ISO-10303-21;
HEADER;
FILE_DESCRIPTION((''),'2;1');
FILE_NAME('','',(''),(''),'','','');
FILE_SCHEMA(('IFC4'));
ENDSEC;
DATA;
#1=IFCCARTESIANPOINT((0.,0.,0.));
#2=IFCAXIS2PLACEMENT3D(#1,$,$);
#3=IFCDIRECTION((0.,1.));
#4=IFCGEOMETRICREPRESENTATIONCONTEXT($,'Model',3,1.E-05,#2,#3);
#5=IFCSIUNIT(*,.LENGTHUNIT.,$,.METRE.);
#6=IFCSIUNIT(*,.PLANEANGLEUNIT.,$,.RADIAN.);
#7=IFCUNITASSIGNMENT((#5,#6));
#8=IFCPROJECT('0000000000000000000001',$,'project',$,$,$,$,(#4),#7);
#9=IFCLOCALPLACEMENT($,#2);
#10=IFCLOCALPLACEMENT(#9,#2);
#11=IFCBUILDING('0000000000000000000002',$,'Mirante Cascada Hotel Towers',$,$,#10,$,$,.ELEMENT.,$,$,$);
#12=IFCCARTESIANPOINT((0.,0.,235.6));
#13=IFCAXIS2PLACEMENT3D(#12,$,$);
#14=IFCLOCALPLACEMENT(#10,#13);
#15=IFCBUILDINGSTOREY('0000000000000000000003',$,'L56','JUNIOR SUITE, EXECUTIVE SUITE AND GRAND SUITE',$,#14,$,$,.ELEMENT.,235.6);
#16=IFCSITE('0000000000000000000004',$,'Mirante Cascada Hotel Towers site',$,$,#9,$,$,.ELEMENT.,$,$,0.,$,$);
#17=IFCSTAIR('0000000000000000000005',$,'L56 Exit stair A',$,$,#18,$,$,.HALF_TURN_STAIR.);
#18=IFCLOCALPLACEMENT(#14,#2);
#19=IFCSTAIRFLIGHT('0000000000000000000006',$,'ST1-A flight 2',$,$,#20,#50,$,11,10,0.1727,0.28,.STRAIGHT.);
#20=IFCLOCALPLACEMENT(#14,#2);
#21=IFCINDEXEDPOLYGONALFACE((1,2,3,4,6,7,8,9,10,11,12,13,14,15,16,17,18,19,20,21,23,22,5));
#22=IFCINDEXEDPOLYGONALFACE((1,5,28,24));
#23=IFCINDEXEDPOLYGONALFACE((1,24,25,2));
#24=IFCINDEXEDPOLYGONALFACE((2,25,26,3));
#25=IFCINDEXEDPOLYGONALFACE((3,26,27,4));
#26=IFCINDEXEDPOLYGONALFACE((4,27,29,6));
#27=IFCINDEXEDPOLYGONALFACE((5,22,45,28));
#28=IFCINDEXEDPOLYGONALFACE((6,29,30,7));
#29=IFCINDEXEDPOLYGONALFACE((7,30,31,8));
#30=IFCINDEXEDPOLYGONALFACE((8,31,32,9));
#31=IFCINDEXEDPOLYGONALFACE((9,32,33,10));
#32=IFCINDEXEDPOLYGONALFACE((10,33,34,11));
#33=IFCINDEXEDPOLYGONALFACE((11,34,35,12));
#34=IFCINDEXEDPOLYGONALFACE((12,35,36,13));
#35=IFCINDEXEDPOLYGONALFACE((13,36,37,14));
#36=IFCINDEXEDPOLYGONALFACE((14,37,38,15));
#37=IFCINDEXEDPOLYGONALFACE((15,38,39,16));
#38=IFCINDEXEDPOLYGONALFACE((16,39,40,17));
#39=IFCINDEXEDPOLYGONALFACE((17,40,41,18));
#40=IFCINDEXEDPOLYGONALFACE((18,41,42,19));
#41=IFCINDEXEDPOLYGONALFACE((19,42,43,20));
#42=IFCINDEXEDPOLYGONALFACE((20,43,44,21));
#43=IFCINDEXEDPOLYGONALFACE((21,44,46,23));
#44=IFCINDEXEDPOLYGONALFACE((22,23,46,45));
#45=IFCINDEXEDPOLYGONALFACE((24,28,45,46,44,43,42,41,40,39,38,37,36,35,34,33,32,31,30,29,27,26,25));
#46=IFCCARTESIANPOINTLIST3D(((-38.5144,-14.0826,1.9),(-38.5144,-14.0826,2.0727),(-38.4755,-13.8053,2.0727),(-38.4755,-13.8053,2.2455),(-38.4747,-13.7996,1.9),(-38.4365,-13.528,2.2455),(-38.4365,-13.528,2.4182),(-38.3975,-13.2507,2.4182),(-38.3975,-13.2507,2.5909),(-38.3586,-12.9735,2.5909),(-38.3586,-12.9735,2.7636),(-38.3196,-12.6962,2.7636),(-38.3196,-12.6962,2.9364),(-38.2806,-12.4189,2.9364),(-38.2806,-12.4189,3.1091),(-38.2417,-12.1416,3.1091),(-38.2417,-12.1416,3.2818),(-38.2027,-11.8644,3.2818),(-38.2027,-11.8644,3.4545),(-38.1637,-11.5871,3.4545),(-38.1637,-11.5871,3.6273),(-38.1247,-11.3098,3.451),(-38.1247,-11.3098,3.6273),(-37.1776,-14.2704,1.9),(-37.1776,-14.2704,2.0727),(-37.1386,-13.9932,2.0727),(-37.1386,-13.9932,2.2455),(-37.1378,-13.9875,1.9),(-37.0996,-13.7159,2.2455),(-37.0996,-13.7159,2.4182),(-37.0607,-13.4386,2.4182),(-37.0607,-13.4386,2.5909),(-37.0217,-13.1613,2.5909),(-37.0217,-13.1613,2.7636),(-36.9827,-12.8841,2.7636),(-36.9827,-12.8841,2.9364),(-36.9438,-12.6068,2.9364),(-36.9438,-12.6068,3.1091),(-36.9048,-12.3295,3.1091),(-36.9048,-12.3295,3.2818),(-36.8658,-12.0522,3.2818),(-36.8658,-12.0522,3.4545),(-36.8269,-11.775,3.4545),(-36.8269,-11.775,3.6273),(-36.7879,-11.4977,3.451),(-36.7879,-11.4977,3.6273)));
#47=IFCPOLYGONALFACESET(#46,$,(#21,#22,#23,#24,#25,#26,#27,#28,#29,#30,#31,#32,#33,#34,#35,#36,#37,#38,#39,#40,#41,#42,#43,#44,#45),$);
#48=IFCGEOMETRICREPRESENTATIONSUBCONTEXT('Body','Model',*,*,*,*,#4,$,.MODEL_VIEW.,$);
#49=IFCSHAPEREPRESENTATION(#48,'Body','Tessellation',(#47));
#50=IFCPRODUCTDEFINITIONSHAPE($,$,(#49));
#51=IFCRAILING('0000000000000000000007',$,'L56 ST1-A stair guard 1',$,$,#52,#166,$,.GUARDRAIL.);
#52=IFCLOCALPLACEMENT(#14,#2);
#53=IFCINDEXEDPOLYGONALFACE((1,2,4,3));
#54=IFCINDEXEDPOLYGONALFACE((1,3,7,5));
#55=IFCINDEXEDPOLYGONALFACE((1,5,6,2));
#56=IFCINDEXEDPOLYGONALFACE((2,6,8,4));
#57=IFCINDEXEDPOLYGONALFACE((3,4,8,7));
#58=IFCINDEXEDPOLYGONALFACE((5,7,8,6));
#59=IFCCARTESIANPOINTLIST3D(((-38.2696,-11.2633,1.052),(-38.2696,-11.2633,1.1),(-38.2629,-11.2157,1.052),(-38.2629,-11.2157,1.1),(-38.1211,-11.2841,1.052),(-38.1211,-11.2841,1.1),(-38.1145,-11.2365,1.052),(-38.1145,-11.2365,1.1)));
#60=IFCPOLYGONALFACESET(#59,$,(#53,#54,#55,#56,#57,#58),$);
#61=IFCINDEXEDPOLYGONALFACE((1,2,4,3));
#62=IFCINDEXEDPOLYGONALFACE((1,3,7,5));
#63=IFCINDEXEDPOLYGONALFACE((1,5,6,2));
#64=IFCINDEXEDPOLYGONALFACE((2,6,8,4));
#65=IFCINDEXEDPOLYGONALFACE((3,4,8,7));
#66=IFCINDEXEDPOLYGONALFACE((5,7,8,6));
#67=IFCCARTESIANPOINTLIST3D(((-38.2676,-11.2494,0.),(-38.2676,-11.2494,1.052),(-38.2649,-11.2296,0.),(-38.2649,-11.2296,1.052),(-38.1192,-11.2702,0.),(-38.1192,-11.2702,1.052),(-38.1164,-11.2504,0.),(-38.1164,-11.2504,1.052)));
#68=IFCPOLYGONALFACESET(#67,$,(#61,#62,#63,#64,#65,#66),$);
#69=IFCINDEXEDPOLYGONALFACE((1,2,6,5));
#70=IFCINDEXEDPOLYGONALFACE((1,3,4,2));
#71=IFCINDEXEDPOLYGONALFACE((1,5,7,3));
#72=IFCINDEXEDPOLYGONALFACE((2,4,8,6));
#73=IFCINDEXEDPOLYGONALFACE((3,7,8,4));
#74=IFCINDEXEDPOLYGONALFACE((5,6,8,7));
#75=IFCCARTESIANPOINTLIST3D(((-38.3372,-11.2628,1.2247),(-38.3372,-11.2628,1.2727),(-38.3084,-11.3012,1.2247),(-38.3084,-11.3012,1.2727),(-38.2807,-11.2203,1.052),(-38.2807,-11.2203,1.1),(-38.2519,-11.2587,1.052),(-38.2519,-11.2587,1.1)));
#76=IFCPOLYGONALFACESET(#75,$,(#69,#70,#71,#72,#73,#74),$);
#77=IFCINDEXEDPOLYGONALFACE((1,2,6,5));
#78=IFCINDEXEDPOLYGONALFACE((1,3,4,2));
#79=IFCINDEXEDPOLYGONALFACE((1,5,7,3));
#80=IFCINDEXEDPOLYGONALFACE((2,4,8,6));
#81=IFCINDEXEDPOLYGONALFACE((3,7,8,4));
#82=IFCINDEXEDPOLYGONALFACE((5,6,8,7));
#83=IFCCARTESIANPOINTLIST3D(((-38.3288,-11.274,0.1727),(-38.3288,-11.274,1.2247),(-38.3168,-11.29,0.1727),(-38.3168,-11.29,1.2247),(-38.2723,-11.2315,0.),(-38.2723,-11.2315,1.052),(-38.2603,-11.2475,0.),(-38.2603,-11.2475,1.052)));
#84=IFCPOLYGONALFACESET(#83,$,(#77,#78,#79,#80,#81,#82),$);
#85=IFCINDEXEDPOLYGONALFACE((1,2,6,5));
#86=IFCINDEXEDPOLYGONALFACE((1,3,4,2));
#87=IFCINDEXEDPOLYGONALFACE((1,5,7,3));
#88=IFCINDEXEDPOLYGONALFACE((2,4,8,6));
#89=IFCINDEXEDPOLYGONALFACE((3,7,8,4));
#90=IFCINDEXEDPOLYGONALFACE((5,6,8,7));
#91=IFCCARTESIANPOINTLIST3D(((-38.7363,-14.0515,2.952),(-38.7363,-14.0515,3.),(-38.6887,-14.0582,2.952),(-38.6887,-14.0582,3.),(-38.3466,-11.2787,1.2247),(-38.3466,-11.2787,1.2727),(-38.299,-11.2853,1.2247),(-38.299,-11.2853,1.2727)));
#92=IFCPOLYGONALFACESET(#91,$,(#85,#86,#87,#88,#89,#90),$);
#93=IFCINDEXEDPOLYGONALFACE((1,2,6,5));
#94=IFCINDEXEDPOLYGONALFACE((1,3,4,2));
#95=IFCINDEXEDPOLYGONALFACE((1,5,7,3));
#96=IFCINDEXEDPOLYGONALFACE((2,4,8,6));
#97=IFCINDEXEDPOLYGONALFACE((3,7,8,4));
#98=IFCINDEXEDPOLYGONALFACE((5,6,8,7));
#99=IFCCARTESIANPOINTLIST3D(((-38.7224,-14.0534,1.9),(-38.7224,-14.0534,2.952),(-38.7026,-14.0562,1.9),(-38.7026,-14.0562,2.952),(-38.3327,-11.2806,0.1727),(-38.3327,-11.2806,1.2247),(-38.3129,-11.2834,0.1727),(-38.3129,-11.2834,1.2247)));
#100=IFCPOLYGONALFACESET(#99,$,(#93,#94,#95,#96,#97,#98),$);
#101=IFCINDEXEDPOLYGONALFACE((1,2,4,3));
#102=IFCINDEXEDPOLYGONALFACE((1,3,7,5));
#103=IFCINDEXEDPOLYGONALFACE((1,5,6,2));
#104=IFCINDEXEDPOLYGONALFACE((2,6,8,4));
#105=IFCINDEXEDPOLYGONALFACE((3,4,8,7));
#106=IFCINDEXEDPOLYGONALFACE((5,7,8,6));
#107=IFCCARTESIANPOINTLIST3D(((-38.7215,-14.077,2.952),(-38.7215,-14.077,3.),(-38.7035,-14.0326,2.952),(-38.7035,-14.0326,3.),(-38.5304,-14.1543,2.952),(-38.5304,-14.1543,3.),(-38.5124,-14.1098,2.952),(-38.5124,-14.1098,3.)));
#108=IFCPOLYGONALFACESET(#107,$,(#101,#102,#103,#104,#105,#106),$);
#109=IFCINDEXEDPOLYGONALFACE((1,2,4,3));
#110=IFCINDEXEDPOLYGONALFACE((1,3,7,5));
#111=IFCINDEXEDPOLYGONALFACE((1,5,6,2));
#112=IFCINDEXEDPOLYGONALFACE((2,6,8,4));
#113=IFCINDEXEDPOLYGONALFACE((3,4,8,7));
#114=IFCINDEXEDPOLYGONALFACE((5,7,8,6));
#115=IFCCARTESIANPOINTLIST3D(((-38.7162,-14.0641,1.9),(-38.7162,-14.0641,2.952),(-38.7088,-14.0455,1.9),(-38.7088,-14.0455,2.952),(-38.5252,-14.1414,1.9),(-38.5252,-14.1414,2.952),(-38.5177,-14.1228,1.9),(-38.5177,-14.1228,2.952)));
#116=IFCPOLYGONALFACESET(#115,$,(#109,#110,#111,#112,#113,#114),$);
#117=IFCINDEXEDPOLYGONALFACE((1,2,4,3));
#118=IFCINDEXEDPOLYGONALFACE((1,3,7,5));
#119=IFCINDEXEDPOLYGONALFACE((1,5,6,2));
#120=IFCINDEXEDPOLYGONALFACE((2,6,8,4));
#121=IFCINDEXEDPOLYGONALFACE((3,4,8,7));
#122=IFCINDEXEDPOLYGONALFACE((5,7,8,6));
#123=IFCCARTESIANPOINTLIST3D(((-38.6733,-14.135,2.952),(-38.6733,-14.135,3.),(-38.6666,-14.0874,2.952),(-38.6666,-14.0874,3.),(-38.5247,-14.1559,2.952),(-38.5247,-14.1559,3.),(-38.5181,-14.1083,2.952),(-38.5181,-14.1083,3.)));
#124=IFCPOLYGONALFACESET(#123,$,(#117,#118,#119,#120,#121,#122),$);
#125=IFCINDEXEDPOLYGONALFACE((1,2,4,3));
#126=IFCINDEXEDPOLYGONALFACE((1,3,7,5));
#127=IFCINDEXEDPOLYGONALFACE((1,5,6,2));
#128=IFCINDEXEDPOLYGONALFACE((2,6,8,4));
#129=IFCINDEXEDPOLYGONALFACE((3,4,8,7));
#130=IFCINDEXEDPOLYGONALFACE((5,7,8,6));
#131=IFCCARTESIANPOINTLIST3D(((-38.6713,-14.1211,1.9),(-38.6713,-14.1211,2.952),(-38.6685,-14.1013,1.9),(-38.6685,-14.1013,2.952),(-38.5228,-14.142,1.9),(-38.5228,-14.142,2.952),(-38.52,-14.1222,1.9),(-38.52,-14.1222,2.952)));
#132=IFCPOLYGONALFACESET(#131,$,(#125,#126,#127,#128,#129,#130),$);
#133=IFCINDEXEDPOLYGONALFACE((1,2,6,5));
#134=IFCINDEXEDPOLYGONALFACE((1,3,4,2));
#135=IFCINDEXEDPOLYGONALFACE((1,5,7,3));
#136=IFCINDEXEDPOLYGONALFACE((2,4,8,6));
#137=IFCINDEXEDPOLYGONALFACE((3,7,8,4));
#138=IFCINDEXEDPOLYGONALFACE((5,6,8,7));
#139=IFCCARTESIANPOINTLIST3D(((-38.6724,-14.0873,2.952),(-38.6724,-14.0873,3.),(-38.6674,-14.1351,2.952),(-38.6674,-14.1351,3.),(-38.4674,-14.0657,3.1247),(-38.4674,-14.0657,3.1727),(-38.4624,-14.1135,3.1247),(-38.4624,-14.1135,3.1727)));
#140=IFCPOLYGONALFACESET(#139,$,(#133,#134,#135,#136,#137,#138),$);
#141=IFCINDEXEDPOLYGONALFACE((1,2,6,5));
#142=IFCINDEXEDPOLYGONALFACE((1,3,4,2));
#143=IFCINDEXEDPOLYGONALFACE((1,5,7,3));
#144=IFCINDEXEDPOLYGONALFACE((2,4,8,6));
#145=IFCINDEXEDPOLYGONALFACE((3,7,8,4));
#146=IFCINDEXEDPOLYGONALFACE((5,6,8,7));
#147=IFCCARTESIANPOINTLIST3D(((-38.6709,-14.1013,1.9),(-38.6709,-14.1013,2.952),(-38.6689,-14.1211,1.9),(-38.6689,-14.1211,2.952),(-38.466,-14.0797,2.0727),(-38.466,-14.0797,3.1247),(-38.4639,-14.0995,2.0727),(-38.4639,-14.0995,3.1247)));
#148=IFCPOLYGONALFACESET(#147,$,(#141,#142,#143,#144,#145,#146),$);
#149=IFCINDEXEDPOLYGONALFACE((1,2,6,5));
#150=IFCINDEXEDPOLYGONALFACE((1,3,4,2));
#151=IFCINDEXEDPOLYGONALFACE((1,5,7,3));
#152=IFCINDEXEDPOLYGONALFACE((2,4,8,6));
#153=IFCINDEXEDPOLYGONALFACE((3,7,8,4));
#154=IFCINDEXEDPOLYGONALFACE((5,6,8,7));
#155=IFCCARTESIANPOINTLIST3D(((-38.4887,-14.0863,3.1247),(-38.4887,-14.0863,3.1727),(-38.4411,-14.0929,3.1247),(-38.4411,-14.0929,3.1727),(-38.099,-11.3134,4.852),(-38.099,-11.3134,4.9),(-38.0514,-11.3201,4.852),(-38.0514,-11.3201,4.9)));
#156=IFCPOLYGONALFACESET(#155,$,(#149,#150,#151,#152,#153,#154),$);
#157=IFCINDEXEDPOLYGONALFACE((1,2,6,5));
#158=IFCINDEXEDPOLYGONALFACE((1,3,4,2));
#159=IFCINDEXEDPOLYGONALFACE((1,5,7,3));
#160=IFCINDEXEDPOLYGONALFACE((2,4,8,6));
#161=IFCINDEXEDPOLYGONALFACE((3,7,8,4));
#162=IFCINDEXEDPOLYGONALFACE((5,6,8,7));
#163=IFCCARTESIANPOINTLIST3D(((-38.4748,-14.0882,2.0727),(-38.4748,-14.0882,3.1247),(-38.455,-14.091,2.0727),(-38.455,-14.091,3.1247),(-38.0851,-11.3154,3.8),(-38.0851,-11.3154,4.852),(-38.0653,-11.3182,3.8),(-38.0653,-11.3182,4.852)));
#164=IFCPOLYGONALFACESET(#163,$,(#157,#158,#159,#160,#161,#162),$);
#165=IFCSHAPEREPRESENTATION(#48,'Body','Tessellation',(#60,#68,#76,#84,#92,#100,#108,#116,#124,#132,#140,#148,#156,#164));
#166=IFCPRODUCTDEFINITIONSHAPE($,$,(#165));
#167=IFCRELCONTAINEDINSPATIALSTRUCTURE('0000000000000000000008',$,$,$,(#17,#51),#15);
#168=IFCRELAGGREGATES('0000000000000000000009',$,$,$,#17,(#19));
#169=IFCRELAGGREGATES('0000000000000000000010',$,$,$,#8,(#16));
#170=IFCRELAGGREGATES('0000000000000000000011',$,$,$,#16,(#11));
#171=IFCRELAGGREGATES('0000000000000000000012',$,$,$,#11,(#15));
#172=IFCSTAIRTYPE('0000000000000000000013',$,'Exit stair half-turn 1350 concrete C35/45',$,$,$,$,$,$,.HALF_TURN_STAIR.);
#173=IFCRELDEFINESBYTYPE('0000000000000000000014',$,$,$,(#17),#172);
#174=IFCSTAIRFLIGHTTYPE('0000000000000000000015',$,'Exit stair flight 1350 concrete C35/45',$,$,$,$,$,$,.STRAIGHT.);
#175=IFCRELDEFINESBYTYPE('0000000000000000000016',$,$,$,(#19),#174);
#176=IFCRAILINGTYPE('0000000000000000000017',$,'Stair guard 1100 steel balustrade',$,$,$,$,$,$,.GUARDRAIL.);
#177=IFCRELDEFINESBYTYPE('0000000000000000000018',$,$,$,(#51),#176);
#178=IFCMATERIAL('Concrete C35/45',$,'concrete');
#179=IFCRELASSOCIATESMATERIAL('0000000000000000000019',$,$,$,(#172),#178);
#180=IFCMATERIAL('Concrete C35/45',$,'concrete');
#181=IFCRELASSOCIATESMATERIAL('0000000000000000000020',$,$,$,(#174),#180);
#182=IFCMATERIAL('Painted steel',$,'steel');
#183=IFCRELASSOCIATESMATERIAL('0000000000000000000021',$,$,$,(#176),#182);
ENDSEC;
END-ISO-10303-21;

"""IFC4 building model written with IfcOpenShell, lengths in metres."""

from ifc_helpers import new_model, si_unit, direction, frame, origin, origin_2d, place, context, subcontext, project, spatial, polyline, rectangle, outline, extrude, material, type_object, element, aggregate, save


model = new_model("IFC4")

# Units and contexts
model_context = context("Model", 3, precision=1e-05, world=origin(), true_north=direction((0.0, 1.0)))
body_context = subcontext(model_context, "Body", "Model", "MODEL_VIEW")
ifc_project = project(units=[si_unit("LENGTHUNIT", "METRE"), si_unit("PLANEANGLEUNIT", "RADIAN")], contexts=[model_context])

# Site, building, storey
site_placement = place(None, origin())
site = spatial("IfcSite", under=ifc_project, at=site_placement, Name="Mirante Cascada Hotel Towers site", CompositionType="ELEMENT", RefElevation=0.0)
building_placement = place(site_placement, origin())
building = spatial("IfcBuilding", under=site, at=building_placement, Name="Mirante Cascada Hotel Towers", CompositionType="ELEMENT")
storey_placement = place(building_placement, frame((0.0, 0.0, 235.6)))
storey = spatial("IfcBuildingStorey", under=building, at=storey_placement, Name="L56", Description="JUNIOR SUITE, EXECUTIVE SUITE AND GRAND SUITE", CompositionType="ELEMENT", Elevation=235.6)

# Stair, stair flight
ifc_material_1 = material(Name="Concrete C35/45", Category="concrete")
stair_type = type_object("IfcStairType", Name="Exit stair half-turn 1350 concrete C35/45", PredefinedType="HALF_TURN_STAIR", material=ifc_material_1)
stair_placement = place(storey_placement, origin())
stair = element("IfcStair", 1, at=stair_placement, inside=storey, type_object=stair_type, Name="L56 Exit stair A", PredefinedType="HALF_TURN_STAIR")
ifc_material_2 = material(Name="Concrete C35/45", Category="concrete")
stair_flight_type = type_object("IfcStairFlightType", Name="Exit stair flight 1350 concrete C35/45", PredefinedType="STRAIGHT", material=ifc_material_2)
stair_flight_1_placement = place(storey_placement, frame((-37.846, -14.1765, 1.9), z_axis=(0.0, 0.0, 1.0), x_axis=(0.139173, 0.990268, 0.0)))
stair_flight_1 = element("IfcStairFlight", 2, at=stair_flight_1_placement, type_object=stair_flight_type, Name="ST1-A flight 2", NumberOfRisers=11, NumberOfTreads=10, PredefinedType="STRAIGHT", RiserHeight=0.1727, TreadLength=0.28, context=body_context, shape_type="SweptSolid", body=[
    extrude(outline(polyline([(0.0, 0.0), (0.0, 0.1727), (0.28, 0.1727), (0.28, 0.3455), (0.56, 0.3455), (0.56, 0.5182), (0.84, 0.5182), (0.84, 0.6909), (1.12, 0.6909), (1.12, 0.8636), (1.4, 0.8636), (1.4, 1.0364), (1.68, 1.0364), (1.68, 1.2091), (1.96, 1.2091), (1.96, 1.3818), (2.24, 1.3818), (2.24, 1.5545), (2.52, 1.5545), (2.52, 1.7273), (2.8, 1.7273), (2.8, 1.9), (2.8, 1.551), (0.2857, 0.0), (0.0, 0.0)])), frame((0.0, 0.675, 0.0), z_axis=(0.0, -1.0, 0.0), x_axis=(1.0, 0.0, 0.0)), (0.0, 0.0, 1.0), 1.35),
])
aggregate(stair, [stair_flight_1])

# Railing
ifc_material_3 = material(Name="Painted steel", Category="steel")
railing_type = type_object("IfcRailingType", Name="Stair guard 1100 steel balustrade", PredefinedType="GUARDRAIL", material=ifc_material_3)
railing_placement = place(storey_placement, frame((-38.1178, -11.2603, 0.0)))
element("IfcRailing", 3, at=railing_placement, inside=storey, type_object=railing_type, Name="L56 ST1-A stair guard 1", PredefinedType="GUARDRAIL", context=body_context, shape_type="SweptSolid", body=[
    extrude(rectangle(XDim=0.048, YDim=0.048, at=origin_2d()), frame((0.0, 0.0, 1.076), z_axis=(-0.990333, 0.138713, 0.0), x_axis=(-0.138713, -0.990333, 0.0)), (0.0, 0.0, 1.0), 0.1499),
    extrude(rectangle(XDim=0.02, YDim=1.052, at=origin_2d()), frame((0.0, 0.0, 0.526), z_axis=(-0.990333, 0.138713, 0.0), x_axis=(-0.138713, -0.990333, 0.0)), (0.0, 0.0, 1.0), 0.1499),
    extrude(rectangle(XDim=0.048, YDim=0.048, at=origin_2d()), frame((-0.1485, 0.0208, 1.076), z_axis=(-0.79915, -0.601131, 0.0), x_axis=(0.601131, -0.79915, 0.0)), (0.0, 0.925453, 0.378863), 0.1866),
    extrude(rectangle(XDim=0.02, YDim=1.052, at=origin_2d()), frame((-0.1485, 0.0208, 0.526), z_axis=(-0.79915, -0.601131, 0.0), x_axis=(0.601131, -0.79915, 0.0)), (0.0, 0.925453, 0.378863), 0.1866),
    extrude(rectangle(XDim=0.048, YDim=0.048, at=origin_2d()), frame((-0.205, -0.0217, 1.2487), z_axis=(-0.139176, -0.990268, 0.0), x_axis=(0.990268, -0.139176, 0.0)), (0.0, 0.525021, 0.851089), 3.29),
    extrude(rectangle(XDim=0.02, YDim=1.052, at=origin_2d()), frame((-0.205, -0.0217, 0.6987), z_axis=(-0.139176, -0.990268, 0.0), x_axis=(0.990268, -0.139176, 0.0)), (0.0, 0.525021, 0.851089), 3.29),
    extrude(rectangle(XDim=0.048, YDim=0.048, at=origin_2d()), frame((-0.5947, -2.7945, 2.976), z_axis=(0.927031, -0.374984, 0.0), x_axis=(0.374984, 0.927031, 0.0)), (0.0, 0.0, 1.0), 0.2061),
    extrude(rectangle(XDim=0.02, YDim=1.052, at=origin_2d()), frame((-0.5947, -2.7945, 2.426), z_axis=(0.927031, -0.374984, 0.0), x_axis=(0.374984, 0.927031, 0.0)), (0.0, 0.0, 1.0), 0.2061),
    extrude(rectangle(XDim=0.048, YDim=0.048, at=origin_2d()), frame((-0.4036, -2.8718, 2.976), z_axis=(-0.990241, 0.139367, 0.0), x_axis=(-0.139367, -0.990241, 0.0)), (0.0, 0.0, 1.0), 0.15),
    extrude(rectangle(XDim=0.02, YDim=1.052, at=origin_2d()), frame((-0.4036, -2.8718, 2.426), z_axis=(-0.990241, 0.139367, 0.0), x_axis=(-0.139367, -0.990241, 0.0)), (0.0, 0.0, 1.0), 0.15),
    extrude(rectangle(XDim=0.048, YDim=0.048, at=origin_2d()), frame((-0.5521, -2.8509, 2.976), z_axis=(0.994495, 0.104786, 0.0), x_axis=(-0.104786, 0.994495, 0.0)), (0.0, 0.642203, 0.766534), 0.2689),
    extrude(rectangle(XDim=0.02, YDim=1.052, at=origin_2d()), frame((-0.5521, -2.8509, 2.426), z_axis=(0.994495, 0.104786, 0.0), x_axis=(-0.104786, 0.994495, 0.0)), (0.0, 0.642203, 0.766534), 0.2689),
    extrude(rectangle(XDim=0.048, YDim=0.048, at=origin_2d()), frame((-0.3471, -2.8293, 3.1487), z_axis=(0.139176, 0.990268, 0.0), x_axis=(-0.990268, 0.139176, 0.0)), (0.0, 0.525021, 0.851089), 3.29),
    extrude(rectangle(XDim=0.02, YDim=1.052, at=origin_2d()), frame((-0.3471, -2.8293, 2.5987), z_axis=(0.139176, 0.990268, 0.0), x_axis=(-0.990268, 0.139176, 0.0)), (0.0, 0.525021, 0.851089), 3.29),
])

save(model, "model.ifc")
